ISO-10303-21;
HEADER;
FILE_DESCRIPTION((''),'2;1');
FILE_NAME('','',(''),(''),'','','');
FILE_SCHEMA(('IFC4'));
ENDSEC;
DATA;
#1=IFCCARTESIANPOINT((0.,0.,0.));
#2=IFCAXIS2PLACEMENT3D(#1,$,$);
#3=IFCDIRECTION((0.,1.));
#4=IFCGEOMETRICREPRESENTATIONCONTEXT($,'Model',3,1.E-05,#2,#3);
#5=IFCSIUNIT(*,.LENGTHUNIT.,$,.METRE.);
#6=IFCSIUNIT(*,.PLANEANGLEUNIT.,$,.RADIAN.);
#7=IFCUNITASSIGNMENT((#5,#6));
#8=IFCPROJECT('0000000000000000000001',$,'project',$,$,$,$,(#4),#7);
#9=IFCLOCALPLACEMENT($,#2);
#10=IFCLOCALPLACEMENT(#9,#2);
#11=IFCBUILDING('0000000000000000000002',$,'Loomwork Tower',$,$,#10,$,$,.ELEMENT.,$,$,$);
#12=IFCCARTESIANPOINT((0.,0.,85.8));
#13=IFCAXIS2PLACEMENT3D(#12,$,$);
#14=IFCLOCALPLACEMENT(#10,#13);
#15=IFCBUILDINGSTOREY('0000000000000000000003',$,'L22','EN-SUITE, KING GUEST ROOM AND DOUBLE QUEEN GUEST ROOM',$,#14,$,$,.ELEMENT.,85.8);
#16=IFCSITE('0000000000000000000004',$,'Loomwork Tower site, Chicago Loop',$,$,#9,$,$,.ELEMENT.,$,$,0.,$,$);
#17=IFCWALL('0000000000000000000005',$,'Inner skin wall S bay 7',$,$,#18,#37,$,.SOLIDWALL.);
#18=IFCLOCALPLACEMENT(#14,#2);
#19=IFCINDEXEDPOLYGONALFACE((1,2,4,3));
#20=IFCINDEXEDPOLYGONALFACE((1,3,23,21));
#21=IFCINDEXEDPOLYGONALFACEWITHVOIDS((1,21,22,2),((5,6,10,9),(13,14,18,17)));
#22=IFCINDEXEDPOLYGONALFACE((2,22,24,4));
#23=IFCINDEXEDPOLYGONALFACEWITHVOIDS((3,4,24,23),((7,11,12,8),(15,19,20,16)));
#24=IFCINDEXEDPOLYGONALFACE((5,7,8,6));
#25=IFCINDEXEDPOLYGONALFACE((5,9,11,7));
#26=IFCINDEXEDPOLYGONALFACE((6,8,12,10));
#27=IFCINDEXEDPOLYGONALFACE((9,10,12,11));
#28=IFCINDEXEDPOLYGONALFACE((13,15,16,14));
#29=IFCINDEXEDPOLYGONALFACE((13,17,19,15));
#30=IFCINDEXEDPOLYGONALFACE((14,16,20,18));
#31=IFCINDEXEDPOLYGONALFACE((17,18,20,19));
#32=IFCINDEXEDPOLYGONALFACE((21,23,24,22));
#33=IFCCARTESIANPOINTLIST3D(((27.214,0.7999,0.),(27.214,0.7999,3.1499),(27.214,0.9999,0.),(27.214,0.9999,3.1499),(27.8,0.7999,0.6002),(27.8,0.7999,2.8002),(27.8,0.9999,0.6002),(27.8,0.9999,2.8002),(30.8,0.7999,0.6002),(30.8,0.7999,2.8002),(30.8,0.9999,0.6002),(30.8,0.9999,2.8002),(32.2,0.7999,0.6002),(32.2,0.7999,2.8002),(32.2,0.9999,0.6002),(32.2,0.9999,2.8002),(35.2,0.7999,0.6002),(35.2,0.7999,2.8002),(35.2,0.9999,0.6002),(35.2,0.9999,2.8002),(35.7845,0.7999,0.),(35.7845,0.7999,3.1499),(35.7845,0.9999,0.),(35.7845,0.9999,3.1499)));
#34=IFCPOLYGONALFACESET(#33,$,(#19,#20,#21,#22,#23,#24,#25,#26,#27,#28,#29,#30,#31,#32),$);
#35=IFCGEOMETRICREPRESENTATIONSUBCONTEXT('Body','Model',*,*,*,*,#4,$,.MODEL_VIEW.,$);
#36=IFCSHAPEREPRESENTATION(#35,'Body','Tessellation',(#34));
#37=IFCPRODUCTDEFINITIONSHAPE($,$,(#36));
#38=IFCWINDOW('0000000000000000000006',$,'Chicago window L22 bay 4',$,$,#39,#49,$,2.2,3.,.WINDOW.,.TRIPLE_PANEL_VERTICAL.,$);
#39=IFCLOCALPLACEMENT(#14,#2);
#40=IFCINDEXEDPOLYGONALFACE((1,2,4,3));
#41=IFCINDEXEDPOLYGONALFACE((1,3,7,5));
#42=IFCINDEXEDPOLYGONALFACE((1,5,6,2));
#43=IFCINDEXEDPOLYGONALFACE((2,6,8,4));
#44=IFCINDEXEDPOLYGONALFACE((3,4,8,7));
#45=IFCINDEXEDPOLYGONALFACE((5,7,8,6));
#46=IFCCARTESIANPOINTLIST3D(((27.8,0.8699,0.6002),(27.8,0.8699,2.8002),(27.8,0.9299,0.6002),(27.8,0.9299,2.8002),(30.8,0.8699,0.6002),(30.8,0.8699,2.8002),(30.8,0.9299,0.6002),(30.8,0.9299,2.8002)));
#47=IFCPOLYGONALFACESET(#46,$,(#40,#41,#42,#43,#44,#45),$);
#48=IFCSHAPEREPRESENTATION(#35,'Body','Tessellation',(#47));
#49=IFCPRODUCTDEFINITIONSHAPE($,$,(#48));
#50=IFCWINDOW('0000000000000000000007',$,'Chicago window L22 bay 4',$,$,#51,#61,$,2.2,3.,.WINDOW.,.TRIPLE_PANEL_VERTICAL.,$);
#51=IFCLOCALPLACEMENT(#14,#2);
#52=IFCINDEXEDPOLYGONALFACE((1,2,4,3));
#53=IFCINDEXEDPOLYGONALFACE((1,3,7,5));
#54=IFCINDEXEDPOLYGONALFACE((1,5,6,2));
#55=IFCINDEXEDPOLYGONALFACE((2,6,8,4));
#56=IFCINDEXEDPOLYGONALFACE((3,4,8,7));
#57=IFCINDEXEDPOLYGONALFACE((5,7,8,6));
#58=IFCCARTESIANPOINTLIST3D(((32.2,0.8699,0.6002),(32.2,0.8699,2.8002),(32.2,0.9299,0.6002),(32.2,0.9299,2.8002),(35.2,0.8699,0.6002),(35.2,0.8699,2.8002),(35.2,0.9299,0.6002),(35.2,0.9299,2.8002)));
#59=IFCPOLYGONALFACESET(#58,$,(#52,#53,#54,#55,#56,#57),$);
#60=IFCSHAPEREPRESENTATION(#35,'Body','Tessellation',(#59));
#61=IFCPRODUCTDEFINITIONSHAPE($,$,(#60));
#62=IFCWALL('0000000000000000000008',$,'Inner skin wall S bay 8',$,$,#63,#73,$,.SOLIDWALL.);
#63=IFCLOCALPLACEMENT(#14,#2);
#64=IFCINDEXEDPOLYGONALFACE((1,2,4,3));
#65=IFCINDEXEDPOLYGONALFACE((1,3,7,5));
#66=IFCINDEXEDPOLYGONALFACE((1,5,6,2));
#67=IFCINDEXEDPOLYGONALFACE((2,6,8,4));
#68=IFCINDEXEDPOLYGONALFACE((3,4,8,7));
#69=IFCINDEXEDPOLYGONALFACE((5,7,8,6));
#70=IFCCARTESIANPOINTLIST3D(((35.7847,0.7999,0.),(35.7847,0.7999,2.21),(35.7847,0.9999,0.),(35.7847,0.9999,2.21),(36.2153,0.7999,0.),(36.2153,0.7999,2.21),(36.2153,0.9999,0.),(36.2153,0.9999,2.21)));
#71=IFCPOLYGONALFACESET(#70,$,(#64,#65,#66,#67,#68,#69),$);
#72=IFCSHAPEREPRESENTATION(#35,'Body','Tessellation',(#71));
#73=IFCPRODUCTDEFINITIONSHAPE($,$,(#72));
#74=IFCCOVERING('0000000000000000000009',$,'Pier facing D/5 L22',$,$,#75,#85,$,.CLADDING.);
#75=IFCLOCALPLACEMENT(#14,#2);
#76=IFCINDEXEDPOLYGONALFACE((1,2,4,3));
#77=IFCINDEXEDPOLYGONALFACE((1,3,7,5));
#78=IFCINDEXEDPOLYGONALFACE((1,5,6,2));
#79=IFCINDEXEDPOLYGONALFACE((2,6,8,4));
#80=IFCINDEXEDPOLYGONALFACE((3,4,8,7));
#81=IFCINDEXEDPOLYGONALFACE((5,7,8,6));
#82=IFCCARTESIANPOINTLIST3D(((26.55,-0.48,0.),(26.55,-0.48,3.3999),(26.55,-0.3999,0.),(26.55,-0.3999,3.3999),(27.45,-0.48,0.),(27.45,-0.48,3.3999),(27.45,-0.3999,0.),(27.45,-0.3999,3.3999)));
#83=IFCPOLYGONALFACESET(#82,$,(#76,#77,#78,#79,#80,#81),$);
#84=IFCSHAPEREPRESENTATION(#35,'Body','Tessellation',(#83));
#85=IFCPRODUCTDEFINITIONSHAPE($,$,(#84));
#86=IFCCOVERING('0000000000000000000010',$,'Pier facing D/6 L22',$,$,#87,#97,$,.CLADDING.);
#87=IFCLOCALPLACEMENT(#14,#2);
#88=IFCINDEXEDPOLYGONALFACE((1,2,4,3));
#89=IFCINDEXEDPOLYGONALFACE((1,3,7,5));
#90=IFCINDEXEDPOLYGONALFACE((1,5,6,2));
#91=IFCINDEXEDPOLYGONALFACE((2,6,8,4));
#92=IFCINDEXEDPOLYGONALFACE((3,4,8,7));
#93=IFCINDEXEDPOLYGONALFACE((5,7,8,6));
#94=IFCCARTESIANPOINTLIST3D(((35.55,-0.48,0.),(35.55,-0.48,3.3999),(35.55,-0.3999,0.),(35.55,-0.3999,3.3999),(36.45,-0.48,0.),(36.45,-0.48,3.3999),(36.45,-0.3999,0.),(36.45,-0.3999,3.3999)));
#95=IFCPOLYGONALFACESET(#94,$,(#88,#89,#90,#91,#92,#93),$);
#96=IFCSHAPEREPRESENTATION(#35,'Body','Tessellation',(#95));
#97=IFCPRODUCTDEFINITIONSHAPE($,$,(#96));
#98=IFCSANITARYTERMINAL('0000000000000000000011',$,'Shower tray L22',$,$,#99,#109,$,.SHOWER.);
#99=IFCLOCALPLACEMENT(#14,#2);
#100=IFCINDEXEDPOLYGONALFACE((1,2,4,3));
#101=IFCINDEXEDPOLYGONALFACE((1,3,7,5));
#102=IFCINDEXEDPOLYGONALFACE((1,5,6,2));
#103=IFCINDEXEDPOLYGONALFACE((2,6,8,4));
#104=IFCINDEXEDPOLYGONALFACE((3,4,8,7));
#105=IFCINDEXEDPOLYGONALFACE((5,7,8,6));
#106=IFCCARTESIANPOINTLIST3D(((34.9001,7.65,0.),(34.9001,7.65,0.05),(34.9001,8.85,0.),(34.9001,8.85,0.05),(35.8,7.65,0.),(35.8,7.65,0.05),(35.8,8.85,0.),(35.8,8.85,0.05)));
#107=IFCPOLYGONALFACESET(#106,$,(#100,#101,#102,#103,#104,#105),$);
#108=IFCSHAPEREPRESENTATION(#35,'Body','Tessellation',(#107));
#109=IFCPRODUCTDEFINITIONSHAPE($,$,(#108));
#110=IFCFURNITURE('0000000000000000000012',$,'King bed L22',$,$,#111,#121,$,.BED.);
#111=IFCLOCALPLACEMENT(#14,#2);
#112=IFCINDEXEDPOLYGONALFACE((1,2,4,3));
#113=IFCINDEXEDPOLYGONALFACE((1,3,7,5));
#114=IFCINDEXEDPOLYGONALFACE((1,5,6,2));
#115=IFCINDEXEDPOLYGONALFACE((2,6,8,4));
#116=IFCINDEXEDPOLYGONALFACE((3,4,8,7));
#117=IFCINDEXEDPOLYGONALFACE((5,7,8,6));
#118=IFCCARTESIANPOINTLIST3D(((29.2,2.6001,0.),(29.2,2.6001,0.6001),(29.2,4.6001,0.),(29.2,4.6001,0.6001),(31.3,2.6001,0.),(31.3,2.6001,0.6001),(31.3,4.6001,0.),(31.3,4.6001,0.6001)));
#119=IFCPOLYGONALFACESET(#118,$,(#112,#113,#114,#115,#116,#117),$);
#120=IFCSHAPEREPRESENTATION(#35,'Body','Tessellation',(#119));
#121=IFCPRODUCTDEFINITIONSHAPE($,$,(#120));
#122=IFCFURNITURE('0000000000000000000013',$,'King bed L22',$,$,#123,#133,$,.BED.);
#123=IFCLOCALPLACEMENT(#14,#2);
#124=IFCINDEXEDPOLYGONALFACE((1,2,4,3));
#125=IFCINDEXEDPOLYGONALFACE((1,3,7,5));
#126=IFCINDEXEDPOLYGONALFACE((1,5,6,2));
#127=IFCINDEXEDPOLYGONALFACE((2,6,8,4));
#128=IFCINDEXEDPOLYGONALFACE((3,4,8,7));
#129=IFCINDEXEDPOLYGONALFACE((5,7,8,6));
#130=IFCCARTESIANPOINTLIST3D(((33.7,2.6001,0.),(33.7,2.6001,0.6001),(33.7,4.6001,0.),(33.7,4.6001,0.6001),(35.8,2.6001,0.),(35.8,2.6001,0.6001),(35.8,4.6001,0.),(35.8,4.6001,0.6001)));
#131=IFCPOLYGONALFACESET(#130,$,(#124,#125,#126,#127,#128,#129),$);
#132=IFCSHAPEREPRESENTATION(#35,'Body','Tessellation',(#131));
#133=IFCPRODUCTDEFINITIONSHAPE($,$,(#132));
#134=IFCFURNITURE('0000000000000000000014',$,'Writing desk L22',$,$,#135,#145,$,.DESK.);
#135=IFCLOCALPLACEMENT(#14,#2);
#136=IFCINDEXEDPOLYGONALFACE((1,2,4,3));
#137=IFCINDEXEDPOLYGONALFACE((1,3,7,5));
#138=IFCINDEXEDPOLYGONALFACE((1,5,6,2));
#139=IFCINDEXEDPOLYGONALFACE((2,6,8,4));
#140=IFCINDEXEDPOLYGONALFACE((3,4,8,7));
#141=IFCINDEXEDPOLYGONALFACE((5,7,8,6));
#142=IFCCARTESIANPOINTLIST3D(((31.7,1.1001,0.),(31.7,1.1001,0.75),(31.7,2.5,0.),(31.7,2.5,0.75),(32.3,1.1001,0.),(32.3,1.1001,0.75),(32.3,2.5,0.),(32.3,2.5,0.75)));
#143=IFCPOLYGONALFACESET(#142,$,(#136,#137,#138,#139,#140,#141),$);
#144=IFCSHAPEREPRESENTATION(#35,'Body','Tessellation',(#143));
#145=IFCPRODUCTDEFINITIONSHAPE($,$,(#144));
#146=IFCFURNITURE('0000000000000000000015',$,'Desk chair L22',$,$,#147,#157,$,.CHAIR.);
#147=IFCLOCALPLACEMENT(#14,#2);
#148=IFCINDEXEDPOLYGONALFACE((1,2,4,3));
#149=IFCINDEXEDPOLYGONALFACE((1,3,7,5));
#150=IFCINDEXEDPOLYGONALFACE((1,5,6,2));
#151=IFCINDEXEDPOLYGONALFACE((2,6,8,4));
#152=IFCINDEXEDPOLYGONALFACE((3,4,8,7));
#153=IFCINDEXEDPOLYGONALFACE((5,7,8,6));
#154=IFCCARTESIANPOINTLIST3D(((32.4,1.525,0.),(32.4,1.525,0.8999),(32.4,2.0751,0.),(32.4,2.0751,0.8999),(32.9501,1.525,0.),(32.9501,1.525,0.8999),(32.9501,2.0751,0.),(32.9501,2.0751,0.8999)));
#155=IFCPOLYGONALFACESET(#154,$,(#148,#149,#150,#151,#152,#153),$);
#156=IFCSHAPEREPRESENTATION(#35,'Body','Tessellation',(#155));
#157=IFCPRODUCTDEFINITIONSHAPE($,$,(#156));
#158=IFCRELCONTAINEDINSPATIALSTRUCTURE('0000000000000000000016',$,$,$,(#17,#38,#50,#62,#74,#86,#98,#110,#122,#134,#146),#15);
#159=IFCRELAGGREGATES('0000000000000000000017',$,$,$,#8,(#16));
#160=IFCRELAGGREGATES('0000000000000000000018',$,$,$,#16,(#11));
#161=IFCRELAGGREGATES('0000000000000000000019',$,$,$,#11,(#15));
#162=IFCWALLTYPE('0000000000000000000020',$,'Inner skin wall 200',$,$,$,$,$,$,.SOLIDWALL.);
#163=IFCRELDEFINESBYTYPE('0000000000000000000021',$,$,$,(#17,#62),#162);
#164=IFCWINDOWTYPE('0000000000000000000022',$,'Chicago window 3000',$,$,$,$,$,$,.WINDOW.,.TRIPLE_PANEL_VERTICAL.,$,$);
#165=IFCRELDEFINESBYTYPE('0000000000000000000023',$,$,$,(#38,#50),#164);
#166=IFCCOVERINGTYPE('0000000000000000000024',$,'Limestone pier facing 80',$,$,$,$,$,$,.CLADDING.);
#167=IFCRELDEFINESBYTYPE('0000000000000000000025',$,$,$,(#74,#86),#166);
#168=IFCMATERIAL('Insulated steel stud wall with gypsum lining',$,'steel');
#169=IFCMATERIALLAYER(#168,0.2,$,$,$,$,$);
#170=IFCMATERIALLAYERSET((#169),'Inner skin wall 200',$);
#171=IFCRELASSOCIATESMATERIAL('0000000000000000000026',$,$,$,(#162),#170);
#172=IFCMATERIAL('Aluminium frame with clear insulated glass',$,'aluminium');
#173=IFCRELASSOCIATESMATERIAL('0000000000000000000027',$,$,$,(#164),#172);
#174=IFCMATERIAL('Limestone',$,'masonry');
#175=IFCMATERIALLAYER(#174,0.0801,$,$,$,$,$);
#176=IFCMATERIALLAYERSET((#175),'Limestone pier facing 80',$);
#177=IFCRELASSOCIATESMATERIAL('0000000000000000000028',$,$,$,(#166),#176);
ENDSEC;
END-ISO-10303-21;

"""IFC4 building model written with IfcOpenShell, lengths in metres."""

from ifc_helpers import new_model, si_unit, direction, frame, frame_2d, origin, origin_2d, place, context, subcontext, project, spatial, rectangle, extrude, material, layer, layer_set, type_object, element, fill, save


model = new_model("IFC4")

# Units and contexts
model_context = context("Model", 3, precision=1e-05, world=origin(), true_north=direction((0.0, 1.0)))
body_context = subcontext(model_context, "Body", "Model", "MODEL_VIEW")
ifc_project = project(units=[si_unit("LENGTHUNIT", "METRE"), si_unit("PLANEANGLEUNIT", "RADIAN")], contexts=[model_context])

# Site, building, storey
site_placement = place(None, origin())
site = spatial("IfcSite", under=ifc_project, at=site_placement, Name="Loomwork Tower site, Chicago Loop", CompositionType="ELEMENT", RefElevation=0.0)
building_placement = place(site_placement, origin())
building = spatial("IfcBuilding", under=site, at=building_placement, Name="Loomwork Tower", CompositionType="ELEMENT")
storey_placement = place(building_placement, frame((0.0, 0.0, 85.8)))
storey = spatial("IfcBuildingStorey", under=building, at=storey_placement, Name="L22", Description="EN-SUITE, KING GUEST ROOM AND DOUBLE QUEEN GUEST ROOM", CompositionType="ELEMENT", Elevation=85.8)

# Wall, openings, windows
ifc_material_1 = material(Name="Insulated steel stud wall with gypsum lining", Category="steel")
ifc_layer_1 = layer(ifc_material_1, 0.2)
ifc_layer_set_1 = layer_set([ifc_layer_1], Name="Inner skin wall 200")
wall_type_1 = type_object("IfcWallType", Name="Inner skin wall 200", PredefinedType="SOLIDWALL", material=ifc_layer_set_1)
wall_1_placement = place(storey_placement, frame((27.2141, 0.8999, 0.0), z_axis=(0.0, 0.0, 1.0), x_axis=(1.0, 0.0, 0.0)))
wall_1 = element("IfcWall", 1, at=wall_1_placement, inside=storey, type_object=wall_type_1, Name="Inner skin wall S bay 7", PredefinedType="SOLIDWALL", context=body_context, shape_type="SweptSolid", body=[
    extrude(rectangle(XDim=8.5706, YDim=0.2, at=frame_2d((4.2852, 0.0))), origin(), (0.0, 0.0, 1.0), 3.1499),
])
opening_1_placement = place(wall_1_placement, frame((0.5859, 0.0, 0.6001)))
opening_1 = element("IfcOpeningElement", 2, at=opening_1_placement, cuts=wall_1, PredefinedType="OPENING", context=body_context, shape_type="SweptSolid", body=[
    extrude(rectangle(XDim=3.0, YDim=2.2, at=frame_2d((1.5, 1.1001))), frame((0.0, 0.1099, 0.0), z_axis=(0.0, -1.0, 0.0), x_axis=(1.0, 0.0, 0.0)), (0.0, 0.0, 1.0), 0.22),
])
opening_2_placement = place(wall_1_placement, frame((4.9858, 0.0, 0.6001)))
opening_2 = element("IfcOpeningElement", 3, at=opening_2_placement, cuts=wall_1, PredefinedType="OPENING", context=body_context, shape_type="SweptSolid", body=[
    extrude(rectangle(XDim=3.0, YDim=2.2, at=frame_2d((1.5, 1.1001))), frame((0.0, 0.1099, 0.0), z_axis=(0.0, -1.0, 0.0), x_axis=(1.0, 0.0, 0.0)), (0.0, 0.0, 1.0), 0.22),
])
ifc_material_2 = material(Name="Aluminium frame with clear insulated glass", Category="aluminium")
window_type = type_object("IfcWindowType", Name="Chicago window 3000", PartitioningType="TRIPLE_PANEL_VERTICAL", PredefinedType="WINDOW", material=ifc_material_2)
window_1_placement = place(opening_1_placement, origin())
window_1 = element("IfcWindow", 4, at=window_1_placement, inside=storey, type_object=window_type, Name="Chicago window L22 bay 4", OverallHeight=2.2, OverallWidth=3.0, PartitioningType="TRIPLE_PANEL_VERTICAL", PredefinedType="WINDOW", context=body_context, shape_type="SweptSolid", body=[
    extrude(rectangle(XDim=3.0, YDim=2.2, at=frame_2d((1.5, 1.1001))), frame((0.0, 0.03, 0.0), z_axis=(0.0, -1.0, 0.0), x_axis=(1.0, 0.0, 0.0)), (0.0, 0.0, 1.0), 0.0601),
])
fill(opening_1, window_1)
window_2_placement = place(opening_2_placement, origin())
window_2 = element("IfcWindow", 5, at=window_2_placement, inside=storey, type_object=window_type, Name="Chicago window L22 bay 4", OverallHeight=2.2, OverallWidth=3.0, PartitioningType="TRIPLE_PANEL_VERTICAL", PredefinedType="WINDOW", context=body_context, shape_type="SweptSolid", body=[
    extrude(rectangle(XDim=3.0, YDim=2.2, at=frame_2d((1.5, 1.1001))), frame((0.0, 0.03, 0.0), z_axis=(0.0, -1.0, 0.0), x_axis=(1.0, 0.0, 0.0)), (0.0, 0.0, 1.0), 0.0601),
])
fill(opening_2, window_2)

# Wall
wall_2_placement = place(storey_placement, frame((35.7847, 0.8999, 0.0), z_axis=(0.0, 0.0, 1.0), x_axis=(1.0, 0.0, 0.0)))
element("IfcWall", 6, at=wall_2_placement, inside=storey, type_object=wall_type_1, Name="Inner skin wall S bay 8", PredefinedType="SOLIDWALL", context=body_context, shape_type="SweptSolid", body=[
    extrude(rectangle(XDim=0.4307, YDim=0.2, at=frame_2d((0.2153, 0.0))), origin(), (0.0, 0.0, 1.0), 2.21),
])

# Coverings
ifc_material_3 = material(Name="Limestone", Category="masonry")
ifc_layer_2 = layer(ifc_material_3, 0.0801)
ifc_layer_set_2 = layer_set([ifc_layer_2], Name="Limestone pier facing 80")
covering_type = type_object("IfcCoveringType", Name="Limestone pier facing 80", PredefinedType="CLADDING", material=ifc_layer_set_2)
for number, where, z_axis, x_axis, name in (
    (7, (27.0, -0.4399, 0.0), (0.0, 0.0, 1.0), (1.0, 0.0, 0.0), "Pier facing D/5 L22"),
    (8, (36.0, -0.4399, 0.0), (0.0, 0.0, 1.0), (1.0, 0.0, 0.0), "Pier facing D/6 L22"),
):
    element("IfcCovering", number, at=place(storey_placement, frame(where, z_axis=z_axis, x_axis=x_axis)), inside=storey, type_object=covering_type, Name=name, PredefinedType="CLADDING", context=body_context, shape_type="SweptSolid", body=[
        extrude(rectangle(XDim=0.8999, YDim=0.0801, at=origin_2d()), origin(), (0.0, 0.0, 1.0), 3.3999),
    ])

# Sanitary terminal
sanitary_terminal_placement = place(storey_placement, frame((35.3501, 8.25, 0.0), z_axis=(0.0, 0.0, 1.0), x_axis=(1.0, 0.0, 0.0)))
element("IfcSanitaryTerminal", 9, at=sanitary_terminal_placement, inside=storey, Name="Shower tray L22", PredefinedType="SHOWER", context=body_context, shape_type="SweptSolid", body=[
    extrude(rectangle(XDim=0.8999, YDim=1.2, at=origin_2d()), origin(), (0.0, 0.0, 1.0), 0.05),
])

# Furniture
for number, where, z_axis, x_axis, name in (
    (10, (30.25, 3.6001, 0.0), (0.0, 0.0, 1.0), (1.0, 0.0, 0.0), "King bed L22"),
    (11, (34.75, 3.6001, 0.0), (0.0, 0.0, 1.0), (1.0, 0.0, 0.0), "King bed L22"),
):
    element("IfcFurniture", number, at=place(storey_placement, frame(where, z_axis=z_axis, x_axis=x_axis)), inside=storey, Name=name, PredefinedType="BED", context=body_context, shape_type="SweptSolid", body=[
        extrude(rectangle(XDim=2.1001, YDim=2.0, at=origin_2d()), origin(), (0.0, 0.0, 1.0), 0.6001),
    ])
furniture_1_placement = place(storey_placement, frame((32.0, 1.8, 0.0), z_axis=(0.0, 0.0, 1.0), x_axis=(1.0, 0.0, 0.0)))
element("IfcFurniture", 12, at=furniture_1_placement, inside=storey, Name="Writing desk L22", PredefinedType="DESK", context=body_context, shape_type="SweptSolid", body=[
    extrude(rectangle(XDim=0.6001, YDim=1.3999, at=origin_2d()), origin(), (0.0, 0.0, 1.0), 0.75),
])
furniture_2_placement = place(storey_placement, frame((32.675, 1.8, 0.0), z_axis=(0.0, 0.0, 1.0), x_axis=(1.0, 0.0, 0.0)))
element("IfcFurniture", 13, at=furniture_2_placement, inside=storey, Name="Desk chair L22", PredefinedType="CHAIR", context=body_context, shape_type="SweptSolid", body=[
    extrude(rectangle(XDim=0.55, YDim=0.55, at=origin_2d()), origin(), (0.0, 0.0, 1.0), 0.8999),
])

save(model, "model.ifc")
